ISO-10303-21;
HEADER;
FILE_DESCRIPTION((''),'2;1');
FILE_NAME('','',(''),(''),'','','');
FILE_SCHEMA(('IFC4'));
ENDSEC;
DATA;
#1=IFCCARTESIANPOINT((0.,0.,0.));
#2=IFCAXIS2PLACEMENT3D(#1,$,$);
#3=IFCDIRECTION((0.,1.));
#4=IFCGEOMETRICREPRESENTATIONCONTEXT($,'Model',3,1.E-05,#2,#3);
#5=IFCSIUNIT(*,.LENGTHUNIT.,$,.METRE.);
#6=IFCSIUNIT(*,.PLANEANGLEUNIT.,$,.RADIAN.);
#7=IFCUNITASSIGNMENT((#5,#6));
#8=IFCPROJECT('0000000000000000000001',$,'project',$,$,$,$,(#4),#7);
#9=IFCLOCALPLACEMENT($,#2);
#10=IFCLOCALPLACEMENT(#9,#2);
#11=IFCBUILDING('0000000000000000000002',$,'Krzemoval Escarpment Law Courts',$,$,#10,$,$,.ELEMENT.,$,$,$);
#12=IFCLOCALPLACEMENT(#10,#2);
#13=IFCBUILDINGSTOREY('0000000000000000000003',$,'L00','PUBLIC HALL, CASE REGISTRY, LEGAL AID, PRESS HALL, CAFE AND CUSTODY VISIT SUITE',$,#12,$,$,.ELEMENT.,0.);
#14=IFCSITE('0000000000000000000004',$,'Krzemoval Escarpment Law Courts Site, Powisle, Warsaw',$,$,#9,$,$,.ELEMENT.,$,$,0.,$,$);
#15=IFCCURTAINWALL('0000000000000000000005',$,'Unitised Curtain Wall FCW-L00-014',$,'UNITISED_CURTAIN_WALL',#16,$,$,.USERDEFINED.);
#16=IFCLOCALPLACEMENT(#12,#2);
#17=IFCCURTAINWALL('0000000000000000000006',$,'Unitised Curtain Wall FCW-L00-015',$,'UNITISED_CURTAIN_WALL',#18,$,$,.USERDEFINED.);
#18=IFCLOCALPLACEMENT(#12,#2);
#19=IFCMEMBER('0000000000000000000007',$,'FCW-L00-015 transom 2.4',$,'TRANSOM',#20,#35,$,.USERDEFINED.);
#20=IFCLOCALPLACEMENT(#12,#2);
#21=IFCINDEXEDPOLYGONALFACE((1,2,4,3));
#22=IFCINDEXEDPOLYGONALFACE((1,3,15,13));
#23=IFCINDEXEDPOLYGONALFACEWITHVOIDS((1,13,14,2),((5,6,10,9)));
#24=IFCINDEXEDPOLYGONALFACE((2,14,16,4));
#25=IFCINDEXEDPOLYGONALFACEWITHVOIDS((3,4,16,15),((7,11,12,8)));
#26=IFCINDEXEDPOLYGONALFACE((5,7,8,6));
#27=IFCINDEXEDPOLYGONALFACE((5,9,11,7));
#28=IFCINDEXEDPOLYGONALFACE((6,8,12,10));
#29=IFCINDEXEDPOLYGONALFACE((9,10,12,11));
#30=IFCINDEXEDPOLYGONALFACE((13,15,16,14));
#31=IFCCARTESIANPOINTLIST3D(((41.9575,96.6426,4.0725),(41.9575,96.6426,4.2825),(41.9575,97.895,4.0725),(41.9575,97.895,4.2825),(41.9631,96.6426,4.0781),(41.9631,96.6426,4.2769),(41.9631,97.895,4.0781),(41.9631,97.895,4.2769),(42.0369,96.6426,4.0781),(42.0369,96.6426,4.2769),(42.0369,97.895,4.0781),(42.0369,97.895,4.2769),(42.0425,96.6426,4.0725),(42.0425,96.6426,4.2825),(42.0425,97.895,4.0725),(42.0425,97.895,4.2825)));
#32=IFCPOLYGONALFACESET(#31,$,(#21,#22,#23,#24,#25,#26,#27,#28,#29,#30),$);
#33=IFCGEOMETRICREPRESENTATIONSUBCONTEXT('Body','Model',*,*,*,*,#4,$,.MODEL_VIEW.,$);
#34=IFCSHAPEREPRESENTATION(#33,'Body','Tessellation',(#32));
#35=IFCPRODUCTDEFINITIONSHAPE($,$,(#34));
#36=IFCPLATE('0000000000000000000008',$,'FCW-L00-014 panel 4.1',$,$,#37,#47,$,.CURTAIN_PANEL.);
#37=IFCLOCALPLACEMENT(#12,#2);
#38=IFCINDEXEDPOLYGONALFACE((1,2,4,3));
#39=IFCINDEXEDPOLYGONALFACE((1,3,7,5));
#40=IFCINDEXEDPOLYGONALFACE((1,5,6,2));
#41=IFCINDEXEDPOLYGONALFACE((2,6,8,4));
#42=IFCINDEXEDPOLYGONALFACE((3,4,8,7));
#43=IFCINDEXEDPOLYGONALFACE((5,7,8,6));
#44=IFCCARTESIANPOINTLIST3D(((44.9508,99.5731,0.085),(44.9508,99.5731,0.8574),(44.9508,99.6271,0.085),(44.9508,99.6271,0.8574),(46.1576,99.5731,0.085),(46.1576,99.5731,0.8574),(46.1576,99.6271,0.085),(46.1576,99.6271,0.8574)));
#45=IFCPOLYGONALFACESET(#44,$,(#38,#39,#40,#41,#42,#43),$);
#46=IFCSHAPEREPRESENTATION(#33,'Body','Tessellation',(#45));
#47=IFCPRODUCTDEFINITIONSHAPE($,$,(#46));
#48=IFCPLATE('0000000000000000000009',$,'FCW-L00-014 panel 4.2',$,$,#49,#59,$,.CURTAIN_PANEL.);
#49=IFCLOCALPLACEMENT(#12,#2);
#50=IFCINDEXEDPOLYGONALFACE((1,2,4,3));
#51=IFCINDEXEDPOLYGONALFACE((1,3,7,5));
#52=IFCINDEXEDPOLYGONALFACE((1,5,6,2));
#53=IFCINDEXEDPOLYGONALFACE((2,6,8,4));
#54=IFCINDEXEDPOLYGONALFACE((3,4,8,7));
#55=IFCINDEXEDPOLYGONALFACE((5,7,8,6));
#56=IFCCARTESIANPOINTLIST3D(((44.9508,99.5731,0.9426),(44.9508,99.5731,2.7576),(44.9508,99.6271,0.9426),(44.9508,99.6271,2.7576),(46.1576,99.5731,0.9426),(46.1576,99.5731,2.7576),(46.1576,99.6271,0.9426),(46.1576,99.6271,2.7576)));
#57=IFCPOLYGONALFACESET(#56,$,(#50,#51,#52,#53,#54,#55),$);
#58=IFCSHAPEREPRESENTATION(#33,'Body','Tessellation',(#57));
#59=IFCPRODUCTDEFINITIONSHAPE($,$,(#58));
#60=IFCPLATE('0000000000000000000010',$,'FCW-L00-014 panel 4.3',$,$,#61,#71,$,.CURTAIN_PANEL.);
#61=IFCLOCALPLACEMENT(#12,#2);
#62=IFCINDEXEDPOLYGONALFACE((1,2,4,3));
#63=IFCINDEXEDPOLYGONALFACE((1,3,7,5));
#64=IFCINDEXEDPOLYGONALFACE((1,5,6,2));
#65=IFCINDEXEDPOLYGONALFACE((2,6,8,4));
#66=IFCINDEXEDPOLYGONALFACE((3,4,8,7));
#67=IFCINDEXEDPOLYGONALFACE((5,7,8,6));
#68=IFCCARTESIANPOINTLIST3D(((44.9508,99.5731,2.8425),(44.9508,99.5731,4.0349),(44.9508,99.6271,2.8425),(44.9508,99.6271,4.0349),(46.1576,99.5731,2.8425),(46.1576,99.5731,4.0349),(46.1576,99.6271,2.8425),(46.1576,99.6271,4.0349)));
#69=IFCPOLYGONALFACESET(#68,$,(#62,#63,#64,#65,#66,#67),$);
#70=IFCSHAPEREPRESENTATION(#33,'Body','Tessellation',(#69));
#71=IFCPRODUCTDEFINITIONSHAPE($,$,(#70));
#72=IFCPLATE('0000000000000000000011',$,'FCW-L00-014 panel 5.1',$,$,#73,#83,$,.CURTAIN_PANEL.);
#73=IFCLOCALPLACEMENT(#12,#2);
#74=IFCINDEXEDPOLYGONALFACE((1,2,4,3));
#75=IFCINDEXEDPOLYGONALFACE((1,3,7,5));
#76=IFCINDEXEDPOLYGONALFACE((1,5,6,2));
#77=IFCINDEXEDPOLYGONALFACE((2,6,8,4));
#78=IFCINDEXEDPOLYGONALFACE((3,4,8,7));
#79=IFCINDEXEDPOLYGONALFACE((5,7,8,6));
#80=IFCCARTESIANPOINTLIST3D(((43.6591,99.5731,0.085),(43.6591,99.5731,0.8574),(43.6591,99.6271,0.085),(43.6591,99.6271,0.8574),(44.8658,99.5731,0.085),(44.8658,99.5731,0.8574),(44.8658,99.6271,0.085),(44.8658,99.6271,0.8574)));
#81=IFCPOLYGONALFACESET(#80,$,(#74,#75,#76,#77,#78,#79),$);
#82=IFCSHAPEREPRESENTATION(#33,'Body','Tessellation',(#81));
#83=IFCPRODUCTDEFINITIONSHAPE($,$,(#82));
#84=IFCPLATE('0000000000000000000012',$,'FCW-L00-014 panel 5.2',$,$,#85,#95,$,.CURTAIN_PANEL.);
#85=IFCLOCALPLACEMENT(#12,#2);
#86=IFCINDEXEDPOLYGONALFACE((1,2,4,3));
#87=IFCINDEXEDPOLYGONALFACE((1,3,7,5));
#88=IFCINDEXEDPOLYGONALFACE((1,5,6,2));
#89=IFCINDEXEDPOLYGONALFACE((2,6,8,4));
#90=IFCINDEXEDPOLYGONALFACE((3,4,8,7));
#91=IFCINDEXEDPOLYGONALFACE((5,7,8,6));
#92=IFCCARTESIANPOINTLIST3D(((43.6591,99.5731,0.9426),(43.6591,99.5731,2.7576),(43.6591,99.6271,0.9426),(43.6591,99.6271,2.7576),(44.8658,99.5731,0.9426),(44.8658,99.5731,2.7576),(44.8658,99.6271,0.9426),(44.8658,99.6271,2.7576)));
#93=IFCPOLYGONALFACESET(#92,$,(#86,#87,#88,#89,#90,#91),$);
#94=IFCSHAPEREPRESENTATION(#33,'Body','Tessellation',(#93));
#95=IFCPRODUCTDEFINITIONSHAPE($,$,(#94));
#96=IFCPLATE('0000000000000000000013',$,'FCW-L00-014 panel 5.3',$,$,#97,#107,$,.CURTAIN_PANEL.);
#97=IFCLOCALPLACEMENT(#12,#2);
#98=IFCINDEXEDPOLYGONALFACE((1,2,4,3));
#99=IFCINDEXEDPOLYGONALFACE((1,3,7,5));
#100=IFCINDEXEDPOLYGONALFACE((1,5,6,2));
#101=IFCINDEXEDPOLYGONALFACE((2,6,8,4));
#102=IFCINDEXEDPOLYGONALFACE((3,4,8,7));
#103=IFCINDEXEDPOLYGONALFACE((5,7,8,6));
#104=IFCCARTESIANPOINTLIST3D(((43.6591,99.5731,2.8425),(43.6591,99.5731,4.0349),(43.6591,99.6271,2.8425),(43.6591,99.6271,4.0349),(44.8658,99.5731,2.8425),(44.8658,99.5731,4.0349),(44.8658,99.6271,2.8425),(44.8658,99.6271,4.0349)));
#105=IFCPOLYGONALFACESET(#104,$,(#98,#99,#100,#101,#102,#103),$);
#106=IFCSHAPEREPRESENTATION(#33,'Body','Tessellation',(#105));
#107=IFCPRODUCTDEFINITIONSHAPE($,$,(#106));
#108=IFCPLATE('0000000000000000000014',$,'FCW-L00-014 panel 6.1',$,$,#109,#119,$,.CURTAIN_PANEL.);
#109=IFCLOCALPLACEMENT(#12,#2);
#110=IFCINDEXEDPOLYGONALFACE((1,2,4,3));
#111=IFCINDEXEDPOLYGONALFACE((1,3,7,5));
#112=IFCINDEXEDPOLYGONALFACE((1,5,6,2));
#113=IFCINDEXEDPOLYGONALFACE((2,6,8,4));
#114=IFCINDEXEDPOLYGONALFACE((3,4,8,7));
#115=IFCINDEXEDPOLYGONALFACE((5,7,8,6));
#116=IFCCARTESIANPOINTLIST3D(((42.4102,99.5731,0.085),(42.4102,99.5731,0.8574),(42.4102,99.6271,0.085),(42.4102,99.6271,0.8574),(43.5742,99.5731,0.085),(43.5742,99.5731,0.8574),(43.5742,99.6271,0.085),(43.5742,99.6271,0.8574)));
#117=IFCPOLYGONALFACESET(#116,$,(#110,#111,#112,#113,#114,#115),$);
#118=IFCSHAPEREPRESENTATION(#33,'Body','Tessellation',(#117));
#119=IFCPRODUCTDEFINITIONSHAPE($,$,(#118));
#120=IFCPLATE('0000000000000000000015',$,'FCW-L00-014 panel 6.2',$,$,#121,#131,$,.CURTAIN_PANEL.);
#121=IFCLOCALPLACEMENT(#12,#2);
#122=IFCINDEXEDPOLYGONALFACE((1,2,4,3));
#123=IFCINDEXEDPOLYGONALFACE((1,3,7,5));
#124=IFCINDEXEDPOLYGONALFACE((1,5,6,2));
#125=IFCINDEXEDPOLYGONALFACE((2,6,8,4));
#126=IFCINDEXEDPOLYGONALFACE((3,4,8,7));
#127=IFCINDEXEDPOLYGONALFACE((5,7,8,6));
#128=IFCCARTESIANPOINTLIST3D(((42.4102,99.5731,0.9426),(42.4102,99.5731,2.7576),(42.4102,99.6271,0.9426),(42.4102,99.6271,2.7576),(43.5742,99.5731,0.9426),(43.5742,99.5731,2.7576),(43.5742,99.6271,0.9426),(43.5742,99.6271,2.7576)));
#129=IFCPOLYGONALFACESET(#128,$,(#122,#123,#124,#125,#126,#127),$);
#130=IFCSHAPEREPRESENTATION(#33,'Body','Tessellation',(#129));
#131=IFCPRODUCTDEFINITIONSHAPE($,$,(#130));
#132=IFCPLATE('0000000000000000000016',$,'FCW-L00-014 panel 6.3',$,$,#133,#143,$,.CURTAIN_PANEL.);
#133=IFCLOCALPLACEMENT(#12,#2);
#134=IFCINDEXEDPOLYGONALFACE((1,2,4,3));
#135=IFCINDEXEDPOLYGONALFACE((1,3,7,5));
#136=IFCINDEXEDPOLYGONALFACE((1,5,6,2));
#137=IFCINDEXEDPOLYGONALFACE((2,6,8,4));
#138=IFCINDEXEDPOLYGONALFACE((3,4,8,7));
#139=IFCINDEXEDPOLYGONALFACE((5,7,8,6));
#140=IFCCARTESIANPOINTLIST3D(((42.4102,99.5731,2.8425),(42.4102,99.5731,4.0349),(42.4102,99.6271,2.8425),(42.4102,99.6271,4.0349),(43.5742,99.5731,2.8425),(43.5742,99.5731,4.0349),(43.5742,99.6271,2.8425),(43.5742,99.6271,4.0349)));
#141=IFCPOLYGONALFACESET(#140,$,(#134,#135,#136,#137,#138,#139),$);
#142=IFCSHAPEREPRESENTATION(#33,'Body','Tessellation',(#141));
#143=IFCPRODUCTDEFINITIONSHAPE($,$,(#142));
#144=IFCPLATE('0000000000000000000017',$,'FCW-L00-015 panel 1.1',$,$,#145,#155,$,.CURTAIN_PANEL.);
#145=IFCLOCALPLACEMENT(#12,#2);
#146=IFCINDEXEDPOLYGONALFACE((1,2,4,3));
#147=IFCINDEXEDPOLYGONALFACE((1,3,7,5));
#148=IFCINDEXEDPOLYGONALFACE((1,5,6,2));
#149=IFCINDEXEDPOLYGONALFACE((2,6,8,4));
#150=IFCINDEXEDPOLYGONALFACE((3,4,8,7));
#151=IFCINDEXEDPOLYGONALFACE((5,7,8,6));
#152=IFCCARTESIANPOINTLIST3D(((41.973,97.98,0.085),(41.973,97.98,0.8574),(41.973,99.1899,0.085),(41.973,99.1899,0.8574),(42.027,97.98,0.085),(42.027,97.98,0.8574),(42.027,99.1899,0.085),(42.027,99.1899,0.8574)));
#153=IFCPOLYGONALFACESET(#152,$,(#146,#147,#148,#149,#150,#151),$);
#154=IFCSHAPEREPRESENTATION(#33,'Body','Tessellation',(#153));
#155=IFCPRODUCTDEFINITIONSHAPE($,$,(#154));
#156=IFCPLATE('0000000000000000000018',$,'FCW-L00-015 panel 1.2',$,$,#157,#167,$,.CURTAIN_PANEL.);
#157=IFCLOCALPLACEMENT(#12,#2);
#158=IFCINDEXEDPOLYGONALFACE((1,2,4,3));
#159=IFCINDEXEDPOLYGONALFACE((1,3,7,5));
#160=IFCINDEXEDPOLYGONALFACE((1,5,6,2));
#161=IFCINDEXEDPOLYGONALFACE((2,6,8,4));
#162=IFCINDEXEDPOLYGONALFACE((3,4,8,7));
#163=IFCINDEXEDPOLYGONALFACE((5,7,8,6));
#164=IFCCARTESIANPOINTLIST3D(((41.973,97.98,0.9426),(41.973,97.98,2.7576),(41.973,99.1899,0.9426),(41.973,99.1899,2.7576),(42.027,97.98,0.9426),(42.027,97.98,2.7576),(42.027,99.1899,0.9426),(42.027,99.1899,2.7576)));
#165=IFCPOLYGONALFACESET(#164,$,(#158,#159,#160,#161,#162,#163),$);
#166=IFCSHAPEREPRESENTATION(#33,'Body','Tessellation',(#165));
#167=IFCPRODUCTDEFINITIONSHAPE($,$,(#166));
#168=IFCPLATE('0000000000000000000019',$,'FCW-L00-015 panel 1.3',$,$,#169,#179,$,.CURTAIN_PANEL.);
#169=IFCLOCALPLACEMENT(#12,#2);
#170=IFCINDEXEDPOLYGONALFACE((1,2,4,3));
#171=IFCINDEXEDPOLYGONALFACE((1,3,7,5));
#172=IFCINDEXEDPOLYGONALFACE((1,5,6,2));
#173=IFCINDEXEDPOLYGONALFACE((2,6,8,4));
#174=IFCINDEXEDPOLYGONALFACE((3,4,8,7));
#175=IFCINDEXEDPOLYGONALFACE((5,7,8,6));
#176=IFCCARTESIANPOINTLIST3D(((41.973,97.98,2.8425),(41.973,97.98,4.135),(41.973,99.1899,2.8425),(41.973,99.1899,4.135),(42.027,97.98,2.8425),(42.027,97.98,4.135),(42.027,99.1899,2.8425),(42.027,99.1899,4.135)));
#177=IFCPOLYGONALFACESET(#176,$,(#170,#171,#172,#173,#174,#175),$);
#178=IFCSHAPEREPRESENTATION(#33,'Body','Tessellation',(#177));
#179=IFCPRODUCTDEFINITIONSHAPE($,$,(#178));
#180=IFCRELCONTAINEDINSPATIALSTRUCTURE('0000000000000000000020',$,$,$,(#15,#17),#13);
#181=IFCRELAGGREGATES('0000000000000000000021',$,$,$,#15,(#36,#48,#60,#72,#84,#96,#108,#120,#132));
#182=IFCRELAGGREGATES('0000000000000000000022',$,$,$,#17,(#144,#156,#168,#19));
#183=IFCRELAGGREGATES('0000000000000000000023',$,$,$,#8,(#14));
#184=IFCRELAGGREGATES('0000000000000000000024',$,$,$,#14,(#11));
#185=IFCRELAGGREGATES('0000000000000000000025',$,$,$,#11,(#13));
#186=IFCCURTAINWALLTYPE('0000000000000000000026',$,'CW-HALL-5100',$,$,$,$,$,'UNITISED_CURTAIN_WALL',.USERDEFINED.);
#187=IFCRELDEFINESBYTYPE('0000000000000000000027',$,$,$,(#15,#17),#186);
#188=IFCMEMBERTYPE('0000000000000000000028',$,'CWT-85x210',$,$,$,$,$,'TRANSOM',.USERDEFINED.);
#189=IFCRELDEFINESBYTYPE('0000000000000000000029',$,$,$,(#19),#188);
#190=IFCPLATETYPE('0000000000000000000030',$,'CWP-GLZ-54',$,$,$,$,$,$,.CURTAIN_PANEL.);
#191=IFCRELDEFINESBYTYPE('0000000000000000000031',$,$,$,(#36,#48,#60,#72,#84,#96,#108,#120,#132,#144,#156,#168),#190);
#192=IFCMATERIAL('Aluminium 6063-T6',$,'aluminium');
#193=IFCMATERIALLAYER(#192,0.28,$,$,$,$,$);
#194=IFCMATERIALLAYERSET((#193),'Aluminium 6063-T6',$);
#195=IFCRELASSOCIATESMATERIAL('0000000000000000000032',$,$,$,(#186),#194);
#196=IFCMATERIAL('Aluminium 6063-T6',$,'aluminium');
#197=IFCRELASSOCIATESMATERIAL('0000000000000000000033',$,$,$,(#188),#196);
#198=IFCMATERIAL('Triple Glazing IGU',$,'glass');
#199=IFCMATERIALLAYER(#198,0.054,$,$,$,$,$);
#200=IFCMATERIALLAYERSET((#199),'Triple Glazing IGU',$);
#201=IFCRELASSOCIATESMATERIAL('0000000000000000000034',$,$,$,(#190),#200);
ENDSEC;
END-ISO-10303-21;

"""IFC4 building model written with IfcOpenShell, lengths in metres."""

from ifc_helpers import new_model, si_unit, direction, frame, origin, origin_2d, place, context, subcontext, project, spatial, rectangle, hollow_rectangle, extrude, material, layer, layer_set, material_profile, profile_set, type_object, element, aggregate, save


model = new_model("IFC4")

# Units and contexts
model_context = context("Model", 3, precision=1e-05, world=origin(), true_north=direction((0.0, 1.0)))
body_context = subcontext(model_context, "Body", "Model", "MODEL_VIEW")
ifc_project = project(units=[si_unit("LENGTHUNIT", "METRE"), si_unit("PLANEANGLEUNIT", "RADIAN")], contexts=[model_context])

# Site, building, storey
site_placement = place(None, origin())
site = spatial("IfcSite", under=ifc_project, at=site_placement, Name="Krzemoval Escarpment Law Courts Site, Powisle, Warsaw", CompositionType="ELEMENT", RefElevation=0.0)
building_placement = place(site_placement, origin())
building = spatial("IfcBuilding", under=site, at=building_placement, Name="Krzemoval Escarpment Law Courts", CompositionType="ELEMENT")
storey_placement = place(building_placement, origin())
storey = spatial("IfcBuildingStorey", under=building, at=storey_placement, Name="L00", Description="PUBLIC HALL, CASE REGISTRY, LEGAL AID, PRESS HALL, CAFE AND CUSTODY VISIT SUITE", CompositionType="ELEMENT", Elevation=0.0)

# Curtain walls
ifc_material_1 = material(Name="Aluminium 6063-T6", Category="aluminium")
ifc_layer_1 = layer(ifc_material_1, 0.28)
ifc_layer_set_1 = layer_set([ifc_layer_1], Name="Aluminium 6063-T6")
curtain_wall_type = type_object("IfcCurtainWallType", Name="CW-HALL-5100", ElementType="UNITISED_CURTAIN_WALL", PredefinedType="USERDEFINED", material=ifc_layer_set_1)
curtain_wall_1_placement = place(storey_placement, origin())
curtain_wall_1 = element("IfcCurtainWall", 1, at=curtain_wall_1_placement, inside=storey, type_object=curtain_wall_type, Name="Unitised Curtain Wall FCW-L00-014", ObjectType="UNITISED_CURTAIN_WALL", PredefinedType="USERDEFINED")
curtain_wall_2_placement = place(storey_placement, origin())
curtain_wall_2 = element("IfcCurtainWall", 2, at=curtain_wall_2_placement, inside=storey, type_object=curtain_wall_type, Name="Unitised Curtain Wall FCW-L00-015", ObjectType="UNITISED_CURTAIN_WALL", PredefinedType="USERDEFINED")

# Member
ifc_material_2 = material(Name="Aluminium 6063-T6", Category="aluminium")
ifc_material_profile_1 = material_profile(ifc_material_2, hollow_rectangle(XDim=0.085, YDim=0.21, WallThickness=0.0056, at=origin_2d()), Name="ALU T85x210")
ifc_profile_set_1 = profile_set([ifc_material_profile_1], Name="Aluminium 6063-T6")
member_type_1 = type_object("IfcMemberType", Name="CWT-85x210", ElementType="TRANSOM", PredefinedType="USERDEFINED", material=ifc_profile_set_1)
member_1_placement = place(storey_placement, frame((42.0, 97.895, 4.1775), z_axis=(0.0, -1.0, 0.0), x_axis=(1.0, 0.0, 0.0)))
member_1 = element("IfcMember", 3, at=member_1_placement, type_object=member_type_1, Name="FCW-L00-015 transom 2.4", ObjectType="TRANSOM", PredefinedType="USERDEFINED", context=body_context, shape_type="SweptSolid", body=[
    extrude(hollow_rectangle(XDim=0.085, YDim=0.21, WallThickness=0.0056, at=origin_2d()), origin(), (0.0, 0.0, 1.0), 1.2524),
])

# Plates
ifc_material_3 = material(Name="Triple Glazing IGU", Category="glass")
ifc_layer_2 = layer(ifc_material_3, 0.054)
ifc_layer_set_2 = layer_set([ifc_layer_2], Name="Triple Glazing IGU")
plate_type = type_object("IfcPlateType", Name="CWP-GLZ-54", PredefinedType="CURTAIN_PANEL", material=ifc_layer_set_2)
plate_1_placement = place(storey_placement, frame((45.5542, 99.6001, 0.085), z_axis=(0.0, 0.0, 1.0), x_axis=(-1.0, 0.0, 0.0)))
plate_1 = element("IfcPlate", 4, at=plate_1_placement, type_object=plate_type, Name="FCW-L00-014 panel 4.1", PredefinedType="CURTAIN_PANEL", context=body_context, shape_type="SweptSolid", body=[
    extrude(rectangle(XDim=1.2068, YDim=0.054, at=origin_2d()), origin(), (0.0, 0.0, 1.0), 0.7725),
])
plate_2_placement = place(storey_placement, frame((45.5542, 99.6001, 0.9426), z_axis=(0.0, 0.0, 1.0), x_axis=(-1.0, 0.0, 0.0)))
plate_2 = element("IfcPlate", 5, at=plate_2_placement, type_object=plate_type, Name="FCW-L00-014 panel 4.2", PredefinedType="CURTAIN_PANEL", context=body_context, shape_type="SweptSolid", body=[
    extrude(rectangle(XDim=1.2068, YDim=0.054, at=origin_2d()), origin(), (0.0, 0.0, 1.0), 1.8149),
])
plate_3_placement = place(storey_placement, frame((45.5542, 99.6001, 2.8425), z_axis=(0.0, 0.0, 1.0), x_axis=(-1.0, 0.0, 0.0)))
plate_3 = element("IfcPlate", 6, at=plate_3_placement, type_object=plate_type, Name="FCW-L00-014 panel 4.3", PredefinedType="CURTAIN_PANEL", context=body_context, shape_type="SweptSolid", body=[
    extrude(rectangle(XDim=1.2068, YDim=0.054, at=origin_2d()), origin(), (0.0, 0.0, 1.0), 1.1924),
])
plate_4_placement = place(storey_placement, frame((44.2625, 99.6001, 0.085), z_axis=(0.0, 0.0, 1.0), x_axis=(-1.0, 0.0, 0.0)))
plate_4 = element("IfcPlate", 7, at=plate_4_placement, type_object=plate_type, Name="FCW-L00-014 panel 5.1", PredefinedType="CURTAIN_PANEL", context=body_context, shape_type="SweptSolid", body=[
    extrude(rectangle(XDim=1.2068, YDim=0.054, at=origin_2d()), origin(), (0.0, 0.0, 1.0), 0.7725),
])
plate_5_placement = place(storey_placement, frame((44.2625, 99.6001, 0.9426), z_axis=(0.0, 0.0, 1.0), x_axis=(-1.0, 0.0, 0.0)))
plate_5 = element("IfcPlate", 8, at=plate_5_placement, type_object=plate_type, Name="FCW-L00-014 panel 5.2", PredefinedType="CURTAIN_PANEL", context=body_context, shape_type="SweptSolid", body=[
    extrude(rectangle(XDim=1.2068, YDim=0.054, at=origin_2d()), origin(), (0.0, 0.0, 1.0), 1.8149),
])
plate_6_placement = place(storey_placement, frame((44.2625, 99.6001, 2.8425), z_axis=(0.0, 0.0, 1.0), x_axis=(-1.0, 0.0, 0.0)))
plate_6 = element("IfcPlate", 9, at=plate_6_placement, type_object=plate_type, Name="FCW-L00-014 panel 5.3", PredefinedType="CURTAIN_PANEL", context=body_context, shape_type="SweptSolid", body=[
    extrude(rectangle(XDim=1.2068, YDim=0.054, at=origin_2d()), origin(), (0.0, 0.0, 1.0), 1.1924),
])
plate_7_placement = place(storey_placement, frame((42.9922, 99.6001, 0.085), z_axis=(0.0, 0.0, 1.0), x_axis=(-1.0, 0.0, 0.0)))
plate_7 = element("IfcPlate", 10, at=plate_7_placement, type_object=plate_type, Name="FCW-L00-014 panel 6.1", PredefinedType="CURTAIN_PANEL", context=body_context, shape_type="SweptSolid", body=[
    extrude(rectangle(XDim=1.1641, YDim=0.054, at=origin_2d()), origin(), (0.0, 0.0, 1.0), 0.7725),
])
plate_8_placement = place(storey_placement, frame((42.9922, 99.6001, 0.9426), z_axis=(0.0, 0.0, 1.0), x_axis=(-1.0, 0.0, 0.0)))
plate_8 = element("IfcPlate", 11, at=plate_8_placement, type_object=plate_type, Name="FCW-L00-014 panel 6.2", PredefinedType="CURTAIN_PANEL", context=body_context, shape_type="SweptSolid", body=[
    extrude(rectangle(XDim=1.1641, YDim=0.054, at=origin_2d()), origin(), (0.0, 0.0, 1.0), 1.8149),
])
plate_9_placement = place(storey_placement, frame((42.9922, 99.6001, 2.8425), z_axis=(0.0, 0.0, 1.0), x_axis=(-1.0, 0.0, 0.0)))
plate_9 = element("IfcPlate", 12, at=plate_9_placement, type_object=plate_type, Name="FCW-L00-014 panel 6.3", PredefinedType="CURTAIN_PANEL", context=body_context, shape_type="SweptSolid", body=[
    extrude(rectangle(XDim=1.1641, YDim=0.054, at=origin_2d()), origin(), (0.0, 0.0, 1.0), 1.1924),
])
aggregate(curtain_wall_1, [plate_1, plate_2, plate_3, plate_4, plate_5, plate_6, plate_7, plate_8, plate_9])
plate_10_placement = place(storey_placement, frame((42.0, 98.585, 0.085), z_axis=(0.0, 0.0, 1.0), x_axis=(0.0, -1.0, 0.0)))
plate_10 = element("IfcPlate", 13, at=plate_10_placement, type_object=plate_type, Name="FCW-L00-015 panel 1.1", PredefinedType="CURTAIN_PANEL", context=body_context, shape_type="SweptSolid", body=[
    extrude(rectangle(XDim=1.21, YDim=0.054, at=origin_2d()), origin(), (0.0, 0.0, 1.0), 0.7725),
])
plate_11_placement = place(storey_placement, frame((42.0, 98.585, 0.9426), z_axis=(0.0, 0.0, 1.0), x_axis=(0.0, -1.0, 0.0)))
plate_11 = element("IfcPlate", 14, at=plate_11_placement, type_object=plate_type, Name="FCW-L00-015 panel 1.2", PredefinedType="CURTAIN_PANEL", context=body_context, shape_type="SweptSolid", body=[
    extrude(rectangle(XDim=1.21, YDim=0.054, at=origin_2d()), origin(), (0.0, 0.0, 1.0), 1.8149),
])
plate_12_placement = place(storey_placement, frame((42.0, 98.585, 2.8425), z_axis=(0.0, 0.0, 1.0), x_axis=(0.0, -1.0, 0.0)))
plate_12 = element("IfcPlate", 15, at=plate_12_placement, type_object=plate_type, Name="FCW-L00-015 panel 1.3", PredefinedType="CURTAIN_PANEL", context=body_context, shape_type="SweptSolid", body=[
    extrude(rectangle(XDim=1.21, YDim=0.054, at=origin_2d()), origin(), (0.0, 0.0, 1.0), 1.2925),
])
aggregate(curtain_wall_2, [plate_10, plate_11, plate_12, member_1])

save(model, "model.ifc")
